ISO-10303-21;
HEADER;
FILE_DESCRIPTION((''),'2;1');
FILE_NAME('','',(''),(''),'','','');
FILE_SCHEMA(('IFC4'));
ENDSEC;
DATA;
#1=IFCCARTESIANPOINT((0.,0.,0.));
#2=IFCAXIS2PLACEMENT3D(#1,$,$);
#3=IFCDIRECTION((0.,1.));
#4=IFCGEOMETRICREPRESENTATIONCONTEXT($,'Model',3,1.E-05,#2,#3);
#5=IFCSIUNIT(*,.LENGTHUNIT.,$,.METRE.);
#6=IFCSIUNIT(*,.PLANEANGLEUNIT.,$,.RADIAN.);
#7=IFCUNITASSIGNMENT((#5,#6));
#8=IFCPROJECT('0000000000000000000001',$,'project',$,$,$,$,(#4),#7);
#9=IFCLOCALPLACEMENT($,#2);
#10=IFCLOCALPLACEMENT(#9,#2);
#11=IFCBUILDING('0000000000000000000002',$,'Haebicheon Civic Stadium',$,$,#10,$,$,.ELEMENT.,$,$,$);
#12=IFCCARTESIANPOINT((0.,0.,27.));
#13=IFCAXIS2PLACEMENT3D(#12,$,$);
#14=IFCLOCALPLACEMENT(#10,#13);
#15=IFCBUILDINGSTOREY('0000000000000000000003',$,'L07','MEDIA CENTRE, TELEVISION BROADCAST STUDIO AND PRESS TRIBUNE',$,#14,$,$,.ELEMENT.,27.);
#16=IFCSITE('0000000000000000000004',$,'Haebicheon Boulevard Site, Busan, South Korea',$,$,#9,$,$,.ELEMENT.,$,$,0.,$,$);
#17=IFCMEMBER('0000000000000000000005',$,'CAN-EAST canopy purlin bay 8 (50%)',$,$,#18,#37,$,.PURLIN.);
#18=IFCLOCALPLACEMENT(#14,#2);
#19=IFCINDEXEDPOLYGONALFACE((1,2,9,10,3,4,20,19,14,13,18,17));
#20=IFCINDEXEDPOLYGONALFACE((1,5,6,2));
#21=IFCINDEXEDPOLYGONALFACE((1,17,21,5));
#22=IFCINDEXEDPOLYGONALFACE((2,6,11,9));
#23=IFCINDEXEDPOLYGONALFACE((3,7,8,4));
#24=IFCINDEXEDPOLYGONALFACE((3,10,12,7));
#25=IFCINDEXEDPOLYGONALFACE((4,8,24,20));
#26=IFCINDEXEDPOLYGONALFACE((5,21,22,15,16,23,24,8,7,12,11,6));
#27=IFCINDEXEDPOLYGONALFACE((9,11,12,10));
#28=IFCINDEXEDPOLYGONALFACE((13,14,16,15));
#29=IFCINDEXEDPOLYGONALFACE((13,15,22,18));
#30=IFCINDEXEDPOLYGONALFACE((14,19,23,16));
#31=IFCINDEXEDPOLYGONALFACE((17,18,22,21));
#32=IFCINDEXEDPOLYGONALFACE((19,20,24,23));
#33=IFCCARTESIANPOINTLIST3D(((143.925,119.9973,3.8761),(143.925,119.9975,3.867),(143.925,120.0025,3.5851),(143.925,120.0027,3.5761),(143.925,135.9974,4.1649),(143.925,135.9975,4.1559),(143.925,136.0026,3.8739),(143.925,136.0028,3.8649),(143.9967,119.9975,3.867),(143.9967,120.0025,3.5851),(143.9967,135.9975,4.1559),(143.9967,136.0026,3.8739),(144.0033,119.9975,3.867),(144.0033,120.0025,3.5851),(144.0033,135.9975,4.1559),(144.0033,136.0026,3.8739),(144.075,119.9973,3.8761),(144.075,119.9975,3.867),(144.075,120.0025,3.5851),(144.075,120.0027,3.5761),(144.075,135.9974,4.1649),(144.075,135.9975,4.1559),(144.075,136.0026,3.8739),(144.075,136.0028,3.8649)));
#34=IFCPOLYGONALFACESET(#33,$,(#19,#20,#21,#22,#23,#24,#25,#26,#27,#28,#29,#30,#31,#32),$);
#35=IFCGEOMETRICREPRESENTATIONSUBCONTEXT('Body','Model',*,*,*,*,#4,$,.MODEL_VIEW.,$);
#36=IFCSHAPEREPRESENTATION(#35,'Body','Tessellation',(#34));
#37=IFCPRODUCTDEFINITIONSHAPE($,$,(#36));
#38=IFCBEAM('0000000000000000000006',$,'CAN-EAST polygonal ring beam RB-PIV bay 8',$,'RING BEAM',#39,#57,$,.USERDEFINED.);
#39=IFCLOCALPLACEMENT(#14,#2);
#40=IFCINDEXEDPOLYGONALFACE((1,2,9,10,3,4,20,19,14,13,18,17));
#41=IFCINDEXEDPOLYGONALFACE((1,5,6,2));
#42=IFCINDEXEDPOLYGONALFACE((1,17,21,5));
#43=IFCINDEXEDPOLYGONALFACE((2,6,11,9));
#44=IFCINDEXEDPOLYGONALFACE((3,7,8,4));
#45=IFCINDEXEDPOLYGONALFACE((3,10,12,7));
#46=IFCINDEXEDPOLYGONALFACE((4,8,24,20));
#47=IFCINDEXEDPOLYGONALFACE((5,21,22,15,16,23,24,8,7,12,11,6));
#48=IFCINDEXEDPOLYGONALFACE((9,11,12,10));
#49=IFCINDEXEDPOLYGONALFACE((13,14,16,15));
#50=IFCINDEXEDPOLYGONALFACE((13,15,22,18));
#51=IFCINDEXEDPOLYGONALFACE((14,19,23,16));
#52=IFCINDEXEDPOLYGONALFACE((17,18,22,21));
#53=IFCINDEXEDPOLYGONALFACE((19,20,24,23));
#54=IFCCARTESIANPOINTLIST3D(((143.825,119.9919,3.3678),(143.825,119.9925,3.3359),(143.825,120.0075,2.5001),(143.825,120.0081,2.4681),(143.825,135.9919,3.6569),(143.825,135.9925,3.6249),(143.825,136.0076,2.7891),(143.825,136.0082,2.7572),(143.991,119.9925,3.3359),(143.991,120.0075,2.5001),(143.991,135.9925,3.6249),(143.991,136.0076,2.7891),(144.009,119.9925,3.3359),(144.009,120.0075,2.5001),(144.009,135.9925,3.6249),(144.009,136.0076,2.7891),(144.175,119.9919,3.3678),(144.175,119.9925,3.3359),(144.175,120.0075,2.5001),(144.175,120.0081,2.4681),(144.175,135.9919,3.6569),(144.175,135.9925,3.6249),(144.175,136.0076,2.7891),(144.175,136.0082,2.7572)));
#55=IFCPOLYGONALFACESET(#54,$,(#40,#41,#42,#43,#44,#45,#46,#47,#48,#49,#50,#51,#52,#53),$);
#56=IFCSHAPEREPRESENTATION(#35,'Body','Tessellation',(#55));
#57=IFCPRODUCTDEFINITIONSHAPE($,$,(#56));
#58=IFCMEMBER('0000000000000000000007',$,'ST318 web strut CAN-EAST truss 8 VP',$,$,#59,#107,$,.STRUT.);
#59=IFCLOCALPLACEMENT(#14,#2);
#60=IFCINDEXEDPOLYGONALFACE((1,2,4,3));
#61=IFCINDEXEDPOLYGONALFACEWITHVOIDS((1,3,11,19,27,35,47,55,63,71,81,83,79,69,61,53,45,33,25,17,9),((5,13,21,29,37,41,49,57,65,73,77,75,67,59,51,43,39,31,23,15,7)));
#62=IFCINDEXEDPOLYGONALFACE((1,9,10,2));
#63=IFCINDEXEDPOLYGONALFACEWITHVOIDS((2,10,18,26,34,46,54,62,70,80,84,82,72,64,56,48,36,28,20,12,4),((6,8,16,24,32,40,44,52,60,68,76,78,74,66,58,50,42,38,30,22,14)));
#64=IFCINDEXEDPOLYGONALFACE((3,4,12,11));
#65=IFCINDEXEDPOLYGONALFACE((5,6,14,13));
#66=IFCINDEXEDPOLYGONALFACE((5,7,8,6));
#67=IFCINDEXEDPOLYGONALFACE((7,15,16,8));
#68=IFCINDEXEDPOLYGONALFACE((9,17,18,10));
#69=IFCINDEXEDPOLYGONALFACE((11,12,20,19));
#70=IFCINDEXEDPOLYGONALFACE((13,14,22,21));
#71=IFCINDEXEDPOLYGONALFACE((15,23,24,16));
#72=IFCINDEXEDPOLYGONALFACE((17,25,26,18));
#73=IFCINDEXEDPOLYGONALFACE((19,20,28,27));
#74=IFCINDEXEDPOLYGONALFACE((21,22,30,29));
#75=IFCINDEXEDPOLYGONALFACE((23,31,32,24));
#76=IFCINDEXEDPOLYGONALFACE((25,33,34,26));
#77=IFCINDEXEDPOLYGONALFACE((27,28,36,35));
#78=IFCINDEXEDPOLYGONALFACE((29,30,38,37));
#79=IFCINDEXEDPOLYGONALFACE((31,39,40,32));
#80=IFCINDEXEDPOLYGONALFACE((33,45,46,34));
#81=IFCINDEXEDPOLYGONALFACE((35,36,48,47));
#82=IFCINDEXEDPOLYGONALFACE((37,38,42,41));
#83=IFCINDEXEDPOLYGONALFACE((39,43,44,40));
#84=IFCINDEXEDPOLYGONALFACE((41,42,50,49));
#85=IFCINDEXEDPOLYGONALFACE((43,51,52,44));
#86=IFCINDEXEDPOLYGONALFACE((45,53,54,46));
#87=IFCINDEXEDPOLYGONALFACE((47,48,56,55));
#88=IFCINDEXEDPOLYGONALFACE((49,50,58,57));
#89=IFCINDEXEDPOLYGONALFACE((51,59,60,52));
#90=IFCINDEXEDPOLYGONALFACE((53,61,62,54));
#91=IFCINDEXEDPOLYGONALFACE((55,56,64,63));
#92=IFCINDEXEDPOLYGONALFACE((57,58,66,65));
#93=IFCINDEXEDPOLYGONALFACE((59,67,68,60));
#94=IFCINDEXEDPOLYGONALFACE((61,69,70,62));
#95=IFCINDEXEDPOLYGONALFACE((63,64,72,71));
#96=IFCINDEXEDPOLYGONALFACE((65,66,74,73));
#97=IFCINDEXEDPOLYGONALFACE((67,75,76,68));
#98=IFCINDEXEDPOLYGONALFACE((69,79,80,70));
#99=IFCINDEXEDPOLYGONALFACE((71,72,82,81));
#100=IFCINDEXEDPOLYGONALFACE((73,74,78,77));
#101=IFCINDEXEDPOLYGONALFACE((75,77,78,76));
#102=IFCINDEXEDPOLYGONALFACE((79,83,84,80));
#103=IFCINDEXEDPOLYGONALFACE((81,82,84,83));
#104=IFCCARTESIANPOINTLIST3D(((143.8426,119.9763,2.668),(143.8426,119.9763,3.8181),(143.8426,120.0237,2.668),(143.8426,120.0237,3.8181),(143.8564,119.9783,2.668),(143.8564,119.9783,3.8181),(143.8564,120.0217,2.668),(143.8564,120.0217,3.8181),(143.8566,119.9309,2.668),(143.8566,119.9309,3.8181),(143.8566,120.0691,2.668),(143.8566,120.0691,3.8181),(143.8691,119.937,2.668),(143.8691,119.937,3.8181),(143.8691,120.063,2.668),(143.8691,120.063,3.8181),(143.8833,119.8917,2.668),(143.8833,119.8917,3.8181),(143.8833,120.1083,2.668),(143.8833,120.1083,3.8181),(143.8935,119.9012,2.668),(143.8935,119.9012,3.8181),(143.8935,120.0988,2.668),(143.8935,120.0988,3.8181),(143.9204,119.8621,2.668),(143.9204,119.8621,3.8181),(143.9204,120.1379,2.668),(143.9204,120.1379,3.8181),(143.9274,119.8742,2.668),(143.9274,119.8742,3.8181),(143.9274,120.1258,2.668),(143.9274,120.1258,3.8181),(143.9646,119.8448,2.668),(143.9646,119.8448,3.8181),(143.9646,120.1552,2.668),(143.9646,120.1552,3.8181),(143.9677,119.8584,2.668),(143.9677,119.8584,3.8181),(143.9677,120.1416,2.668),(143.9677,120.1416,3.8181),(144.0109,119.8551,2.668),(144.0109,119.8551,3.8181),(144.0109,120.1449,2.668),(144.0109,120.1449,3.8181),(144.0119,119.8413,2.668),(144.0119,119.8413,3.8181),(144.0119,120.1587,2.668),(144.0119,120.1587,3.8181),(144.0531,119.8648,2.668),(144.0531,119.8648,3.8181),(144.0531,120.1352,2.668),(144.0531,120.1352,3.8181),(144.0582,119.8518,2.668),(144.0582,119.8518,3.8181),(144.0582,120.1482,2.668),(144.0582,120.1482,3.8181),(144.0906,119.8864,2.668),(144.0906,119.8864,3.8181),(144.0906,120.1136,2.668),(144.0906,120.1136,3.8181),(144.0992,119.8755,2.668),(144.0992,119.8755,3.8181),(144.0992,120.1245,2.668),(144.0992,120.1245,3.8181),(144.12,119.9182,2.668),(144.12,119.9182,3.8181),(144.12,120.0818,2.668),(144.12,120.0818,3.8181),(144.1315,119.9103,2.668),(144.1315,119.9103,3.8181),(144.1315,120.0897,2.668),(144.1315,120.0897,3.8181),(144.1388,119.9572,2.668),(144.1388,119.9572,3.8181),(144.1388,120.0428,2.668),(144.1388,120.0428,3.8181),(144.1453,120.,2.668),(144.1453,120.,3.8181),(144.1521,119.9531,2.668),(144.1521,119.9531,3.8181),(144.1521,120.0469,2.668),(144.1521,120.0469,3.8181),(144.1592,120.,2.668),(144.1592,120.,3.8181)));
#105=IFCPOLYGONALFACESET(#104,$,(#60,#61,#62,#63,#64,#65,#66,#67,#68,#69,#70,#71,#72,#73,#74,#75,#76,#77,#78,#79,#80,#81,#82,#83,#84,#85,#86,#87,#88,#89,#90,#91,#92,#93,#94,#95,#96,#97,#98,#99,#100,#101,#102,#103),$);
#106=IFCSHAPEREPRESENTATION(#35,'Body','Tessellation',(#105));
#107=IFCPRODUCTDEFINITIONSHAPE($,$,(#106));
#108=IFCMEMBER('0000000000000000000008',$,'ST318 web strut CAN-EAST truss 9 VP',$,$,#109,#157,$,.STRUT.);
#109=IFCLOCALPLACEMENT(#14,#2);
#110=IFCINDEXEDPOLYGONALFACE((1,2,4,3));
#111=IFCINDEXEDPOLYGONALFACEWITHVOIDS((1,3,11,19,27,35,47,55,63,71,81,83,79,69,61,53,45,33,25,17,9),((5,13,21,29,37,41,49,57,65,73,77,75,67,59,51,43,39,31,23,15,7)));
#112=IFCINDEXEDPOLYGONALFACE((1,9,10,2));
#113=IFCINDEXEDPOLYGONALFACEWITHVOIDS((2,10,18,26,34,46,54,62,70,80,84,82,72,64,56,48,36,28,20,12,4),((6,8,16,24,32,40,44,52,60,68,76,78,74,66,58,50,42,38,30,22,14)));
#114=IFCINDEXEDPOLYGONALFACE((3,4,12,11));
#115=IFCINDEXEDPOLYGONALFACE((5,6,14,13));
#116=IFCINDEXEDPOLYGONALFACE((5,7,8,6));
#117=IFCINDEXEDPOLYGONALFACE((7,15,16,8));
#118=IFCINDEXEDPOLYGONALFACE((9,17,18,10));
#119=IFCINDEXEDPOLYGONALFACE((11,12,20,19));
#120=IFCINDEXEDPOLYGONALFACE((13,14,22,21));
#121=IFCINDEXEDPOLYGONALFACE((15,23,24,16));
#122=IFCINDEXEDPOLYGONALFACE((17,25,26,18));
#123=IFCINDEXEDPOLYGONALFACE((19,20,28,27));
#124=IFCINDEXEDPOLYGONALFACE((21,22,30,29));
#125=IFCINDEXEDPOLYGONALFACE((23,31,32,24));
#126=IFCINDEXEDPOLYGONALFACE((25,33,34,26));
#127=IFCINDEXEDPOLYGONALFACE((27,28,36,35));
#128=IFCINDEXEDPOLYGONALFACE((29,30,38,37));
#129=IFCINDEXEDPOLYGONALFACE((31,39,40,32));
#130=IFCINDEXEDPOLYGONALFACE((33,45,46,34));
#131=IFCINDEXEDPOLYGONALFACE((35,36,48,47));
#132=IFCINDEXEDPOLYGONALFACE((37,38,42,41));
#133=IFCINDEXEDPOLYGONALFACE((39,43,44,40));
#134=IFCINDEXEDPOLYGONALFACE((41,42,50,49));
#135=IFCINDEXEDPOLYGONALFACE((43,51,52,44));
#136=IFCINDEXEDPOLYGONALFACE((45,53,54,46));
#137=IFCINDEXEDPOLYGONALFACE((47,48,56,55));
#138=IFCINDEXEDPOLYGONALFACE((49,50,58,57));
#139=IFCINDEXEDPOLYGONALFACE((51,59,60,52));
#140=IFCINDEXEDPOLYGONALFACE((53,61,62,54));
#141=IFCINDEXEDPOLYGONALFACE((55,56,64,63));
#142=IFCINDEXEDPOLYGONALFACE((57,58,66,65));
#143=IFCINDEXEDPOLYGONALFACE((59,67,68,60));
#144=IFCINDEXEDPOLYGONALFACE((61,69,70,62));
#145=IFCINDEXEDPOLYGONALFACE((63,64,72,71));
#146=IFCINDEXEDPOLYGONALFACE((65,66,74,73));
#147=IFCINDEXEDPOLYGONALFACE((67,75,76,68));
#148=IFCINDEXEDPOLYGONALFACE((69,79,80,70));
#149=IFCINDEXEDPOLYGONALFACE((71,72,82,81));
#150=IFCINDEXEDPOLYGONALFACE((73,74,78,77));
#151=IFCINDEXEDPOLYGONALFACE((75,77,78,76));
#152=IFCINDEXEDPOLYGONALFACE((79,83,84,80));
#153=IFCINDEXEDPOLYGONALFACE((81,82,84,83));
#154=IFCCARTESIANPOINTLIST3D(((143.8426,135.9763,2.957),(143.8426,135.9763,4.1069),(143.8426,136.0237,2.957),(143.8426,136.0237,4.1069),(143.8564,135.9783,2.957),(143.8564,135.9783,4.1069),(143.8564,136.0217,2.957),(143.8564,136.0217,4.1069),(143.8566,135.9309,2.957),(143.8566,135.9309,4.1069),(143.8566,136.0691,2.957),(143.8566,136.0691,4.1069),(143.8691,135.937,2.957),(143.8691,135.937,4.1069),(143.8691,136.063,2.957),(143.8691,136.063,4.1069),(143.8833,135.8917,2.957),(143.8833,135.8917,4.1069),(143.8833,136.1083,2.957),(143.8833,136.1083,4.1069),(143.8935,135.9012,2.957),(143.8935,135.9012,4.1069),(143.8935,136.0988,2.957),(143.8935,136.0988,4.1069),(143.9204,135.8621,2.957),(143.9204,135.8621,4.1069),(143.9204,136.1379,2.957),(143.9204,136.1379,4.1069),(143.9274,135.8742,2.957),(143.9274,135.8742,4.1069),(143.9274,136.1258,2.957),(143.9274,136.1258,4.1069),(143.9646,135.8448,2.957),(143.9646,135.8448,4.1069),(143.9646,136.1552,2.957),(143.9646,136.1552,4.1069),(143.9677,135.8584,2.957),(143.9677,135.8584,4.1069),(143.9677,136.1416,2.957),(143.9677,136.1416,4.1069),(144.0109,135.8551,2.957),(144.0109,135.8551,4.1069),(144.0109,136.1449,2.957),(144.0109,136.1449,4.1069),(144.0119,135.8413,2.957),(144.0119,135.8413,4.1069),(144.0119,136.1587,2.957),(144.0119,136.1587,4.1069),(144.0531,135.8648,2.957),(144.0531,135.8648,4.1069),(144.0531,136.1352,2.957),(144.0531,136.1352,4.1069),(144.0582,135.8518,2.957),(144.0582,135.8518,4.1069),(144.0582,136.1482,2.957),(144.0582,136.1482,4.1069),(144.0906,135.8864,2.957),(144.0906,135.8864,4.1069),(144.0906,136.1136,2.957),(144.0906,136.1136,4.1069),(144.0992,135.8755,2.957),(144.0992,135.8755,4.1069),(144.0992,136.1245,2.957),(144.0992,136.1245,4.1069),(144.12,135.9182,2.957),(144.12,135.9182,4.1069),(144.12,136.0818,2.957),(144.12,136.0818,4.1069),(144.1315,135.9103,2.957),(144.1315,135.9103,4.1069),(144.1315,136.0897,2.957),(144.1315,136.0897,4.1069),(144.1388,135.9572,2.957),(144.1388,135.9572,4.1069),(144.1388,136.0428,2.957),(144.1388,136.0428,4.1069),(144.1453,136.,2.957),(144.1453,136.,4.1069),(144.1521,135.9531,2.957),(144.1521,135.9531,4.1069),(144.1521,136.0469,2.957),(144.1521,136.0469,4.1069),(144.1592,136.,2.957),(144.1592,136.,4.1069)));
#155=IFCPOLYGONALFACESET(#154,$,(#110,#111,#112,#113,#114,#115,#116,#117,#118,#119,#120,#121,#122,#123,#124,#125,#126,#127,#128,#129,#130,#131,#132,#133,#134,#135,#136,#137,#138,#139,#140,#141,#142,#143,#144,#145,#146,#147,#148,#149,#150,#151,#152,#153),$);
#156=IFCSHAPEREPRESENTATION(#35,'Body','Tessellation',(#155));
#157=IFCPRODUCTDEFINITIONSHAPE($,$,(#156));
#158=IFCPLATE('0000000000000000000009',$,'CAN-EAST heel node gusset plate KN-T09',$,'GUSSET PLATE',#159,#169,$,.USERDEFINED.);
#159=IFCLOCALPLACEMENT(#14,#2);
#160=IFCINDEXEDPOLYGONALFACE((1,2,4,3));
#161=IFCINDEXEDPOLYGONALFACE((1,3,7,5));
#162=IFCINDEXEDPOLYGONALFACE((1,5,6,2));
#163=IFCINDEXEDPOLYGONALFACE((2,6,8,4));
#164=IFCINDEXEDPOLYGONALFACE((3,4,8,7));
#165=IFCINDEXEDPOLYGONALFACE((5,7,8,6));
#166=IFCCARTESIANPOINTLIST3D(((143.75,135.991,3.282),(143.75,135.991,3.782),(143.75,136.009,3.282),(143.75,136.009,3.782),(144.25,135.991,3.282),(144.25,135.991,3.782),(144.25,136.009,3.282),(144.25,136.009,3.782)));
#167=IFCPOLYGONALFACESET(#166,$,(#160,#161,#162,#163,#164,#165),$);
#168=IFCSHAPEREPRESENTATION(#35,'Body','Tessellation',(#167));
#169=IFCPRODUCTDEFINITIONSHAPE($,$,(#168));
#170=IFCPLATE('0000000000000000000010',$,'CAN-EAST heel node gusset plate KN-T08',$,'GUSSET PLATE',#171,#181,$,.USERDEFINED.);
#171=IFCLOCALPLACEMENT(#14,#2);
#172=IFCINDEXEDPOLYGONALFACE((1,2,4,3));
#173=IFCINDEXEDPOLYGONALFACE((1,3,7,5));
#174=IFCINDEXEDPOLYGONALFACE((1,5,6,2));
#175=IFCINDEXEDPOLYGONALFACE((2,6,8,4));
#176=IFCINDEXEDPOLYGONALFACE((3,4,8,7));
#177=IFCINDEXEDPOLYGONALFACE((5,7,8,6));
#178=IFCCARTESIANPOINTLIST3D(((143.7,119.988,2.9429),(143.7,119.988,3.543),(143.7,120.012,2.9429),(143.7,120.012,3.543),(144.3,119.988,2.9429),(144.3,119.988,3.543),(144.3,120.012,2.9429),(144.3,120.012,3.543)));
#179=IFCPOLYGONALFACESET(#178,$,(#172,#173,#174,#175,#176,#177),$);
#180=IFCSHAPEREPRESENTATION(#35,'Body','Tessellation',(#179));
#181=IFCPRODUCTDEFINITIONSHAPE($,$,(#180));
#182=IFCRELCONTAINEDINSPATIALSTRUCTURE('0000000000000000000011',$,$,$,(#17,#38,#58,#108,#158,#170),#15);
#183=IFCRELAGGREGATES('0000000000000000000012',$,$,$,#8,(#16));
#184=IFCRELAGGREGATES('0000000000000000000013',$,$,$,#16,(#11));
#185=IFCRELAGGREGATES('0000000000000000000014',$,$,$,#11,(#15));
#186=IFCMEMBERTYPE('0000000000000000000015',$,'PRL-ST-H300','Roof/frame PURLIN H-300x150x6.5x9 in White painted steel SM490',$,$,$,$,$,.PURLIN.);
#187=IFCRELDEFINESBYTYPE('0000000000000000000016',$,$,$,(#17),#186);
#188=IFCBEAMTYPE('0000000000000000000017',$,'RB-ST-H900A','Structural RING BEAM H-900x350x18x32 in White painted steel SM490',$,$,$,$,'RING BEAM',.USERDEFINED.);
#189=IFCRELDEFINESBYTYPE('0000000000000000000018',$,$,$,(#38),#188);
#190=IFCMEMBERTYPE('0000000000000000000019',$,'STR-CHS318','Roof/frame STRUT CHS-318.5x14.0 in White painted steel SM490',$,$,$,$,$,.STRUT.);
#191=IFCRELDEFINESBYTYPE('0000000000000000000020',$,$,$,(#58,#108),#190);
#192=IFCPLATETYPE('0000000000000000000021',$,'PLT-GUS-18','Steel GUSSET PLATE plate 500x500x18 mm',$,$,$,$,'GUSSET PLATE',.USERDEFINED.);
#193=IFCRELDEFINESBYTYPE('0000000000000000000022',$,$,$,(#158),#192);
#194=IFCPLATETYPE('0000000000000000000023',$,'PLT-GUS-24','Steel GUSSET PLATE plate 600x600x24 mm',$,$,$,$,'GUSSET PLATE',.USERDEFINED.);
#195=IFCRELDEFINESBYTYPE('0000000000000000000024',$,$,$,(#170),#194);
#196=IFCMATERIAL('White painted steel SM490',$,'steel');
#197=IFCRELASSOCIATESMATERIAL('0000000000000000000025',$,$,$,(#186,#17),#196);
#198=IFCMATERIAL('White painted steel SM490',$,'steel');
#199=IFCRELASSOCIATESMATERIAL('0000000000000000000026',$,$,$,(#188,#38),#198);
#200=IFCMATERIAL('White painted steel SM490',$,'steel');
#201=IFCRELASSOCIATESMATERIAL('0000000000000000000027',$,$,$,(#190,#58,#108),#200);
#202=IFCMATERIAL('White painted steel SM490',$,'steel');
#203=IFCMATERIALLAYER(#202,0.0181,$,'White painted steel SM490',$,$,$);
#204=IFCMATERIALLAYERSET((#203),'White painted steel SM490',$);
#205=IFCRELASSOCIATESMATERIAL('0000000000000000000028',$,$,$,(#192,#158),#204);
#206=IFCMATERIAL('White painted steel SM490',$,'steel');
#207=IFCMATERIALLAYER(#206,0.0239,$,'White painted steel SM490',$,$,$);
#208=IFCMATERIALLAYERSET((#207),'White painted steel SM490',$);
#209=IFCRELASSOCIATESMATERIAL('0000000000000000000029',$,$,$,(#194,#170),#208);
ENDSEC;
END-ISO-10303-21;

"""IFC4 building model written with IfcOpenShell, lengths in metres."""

from ifc_helpers import new_model, si_unit, direction, frame, origin, origin_2d, place, context, subcontext, project, spatial, rectangle, hollow_circle, i_section, extrude, material, layer, layer_set, material_profile, profile_set, type_object, element, save


model = new_model("IFC4")

# Units and contexts
model_context = context("Model", 3, precision=1e-05, world=origin(), true_north=direction((0.0, 1.0)))
body_context = subcontext(model_context, "Body", "Model", "MODEL_VIEW")
ifc_project = project(units=[si_unit("LENGTHUNIT", "METRE"), si_unit("PLANEANGLEUNIT", "RADIAN")], contexts=[model_context])

# Site, building, storey
site_placement = place(None, origin())
site = spatial("IfcSite", under=ifc_project, at=site_placement, Name="Haebicheon Boulevard Site, Busan, South Korea", CompositionType="ELEMENT", RefElevation=0.0)
building_placement = place(site_placement, origin())
building = spatial("IfcBuilding", under=site, at=building_placement, Name="Haebicheon Civic Stadium", CompositionType="ELEMENT")
storey_placement = place(building_placement, frame((0.0, 0.0, 27.0)))
storey = spatial("IfcBuildingStorey", under=building, at=storey_placement, Name="L07", Description="MEDIA CENTRE, TELEVISION BROADCAST STUDIO AND PRESS TRIBUNE", CompositionType="ELEMENT", Elevation=27.0)

# Member
ifc_material_1 = material(Name="White painted steel SM490", Category="steel")
ifc_material_profile_1 = material_profile(ifc_material_1, i_section(OverallWidth=0.1499, OverallDepth=0.3, WebThickness=0.0066, FlangeThickness=0.009, at=origin_2d()), Name="H-300x150x6.5x9")
ifc_profile_set_1 = profile_set([ifc_material_profile_1], Name="White painted steel SM490")
member_type_1 = type_object("IfcMemberType", Name="PRL-ST-H300", Description="Roof/frame PURLIN H-300x150x6.5x9 in White painted steel SM490", PredefinedType="PURLIN", material=ifc_profile_set_1)
member_1_placement = place(storey_placement, frame((144.0, 120.0, 3.7261), z_axis=(0.0, 0.999837, 0.018048), x_axis=(-1.0, 0.0, 0.0)))
element("IfcMember", 1, at=member_1_placement, inside=storey, type_object=member_type_1, material=ifc_profile_set_1, Name="CAN-EAST canopy purlin bay 8 (50%)", PredefinedType="PURLIN", context=body_context, shape_type="SweptSolid", body=[
    extrude(i_section(OverallWidth=0.1499, OverallDepth=0.3, WebThickness=0.0066, FlangeThickness=0.009, at=origin_2d()), origin(), (0.0, 0.0, 1.0), 16.0027),
])

# Beam
ifc_material_2 = material(Name="White painted steel SM490", Category="steel")
ifc_material_profile_2 = material_profile(ifc_material_2, i_section(OverallWidth=0.3501, OverallDepth=0.8999, WebThickness=0.0181, FlangeThickness=0.032, at=origin_2d()), Name="H-900x350x18x32")
ifc_profile_set_2 = profile_set([ifc_material_profile_2], Name="White painted steel SM490")
beam_type = type_object("IfcBeamType", Name="RB-ST-H900A", Description="Structural RING BEAM H-900x350x18x32 in White painted steel SM490", ElementType="RING BEAM", PredefinedType="USERDEFINED", material=ifc_profile_set_2)
beam_placement = place(storey_placement, frame((144.0, 120.0, 2.918), z_axis=(0.0, 0.999837, 0.018063), x_axis=(-1.0, 0.0, 0.0)))
element("IfcBeam", 2, at=beam_placement, inside=storey, type_object=beam_type, material=ifc_profile_set_2, Name="CAN-EAST polygonal ring beam RB-PIV bay 8", ObjectType="RING BEAM", PredefinedType="USERDEFINED", context=body_context, shape_type="SweptSolid", body=[
    extrude(i_section(OverallWidth=0.3501, OverallDepth=0.8999, WebThickness=0.0181, FlangeThickness=0.032, at=origin_2d()), origin(), (0.0, 0.0, 1.0), 16.0027),
])

# Members
ifc_material_3 = material(Name="White painted steel SM490", Category="steel")
ifc_material_profile_3 = material_profile(ifc_material_3, hollow_circle(Radius=0.1592, WallThickness=0.0139, at=origin_2d()), Name="CHS-318.5x14.0")
ifc_profile_set_3 = profile_set([ifc_material_profile_3], Name="White painted steel SM490")
member_type_2 = type_object("IfcMemberType", Name="STR-CHS318", Description="Roof/frame STRUT CHS-318.5x14.0 in White painted steel SM490", PredefinedType="STRUT", material=ifc_profile_set_3)
member_2_placement = place(storey_placement, frame((144.0, 120.0, 2.668), z_axis=(0.0, 0.0, 1.0), x_axis=(1.0, 0.0, 0.0)))
element("IfcMember", 3, at=member_2_placement, inside=storey, type_object=member_type_2, material=ifc_profile_set_3, Name="ST318 web strut CAN-EAST truss 8 VP", PredefinedType="STRUT", context=body_context, shape_type="SweptSolid", body=[
    extrude(hollow_circle(Radius=0.1592, WallThickness=0.0139, at=origin_2d()), origin(), (0.0, 0.0, 1.0), 1.1501),
])
member_3_placement = place(storey_placement, frame((144.0, 136.0, 2.957), z_axis=(0.0, 0.0, 1.0), x_axis=(1.0, 0.0, 0.0)))
element("IfcMember", 4, at=member_3_placement, inside=storey, type_object=member_type_2, material=ifc_profile_set_3, Name="ST318 web strut CAN-EAST truss 9 VP", PredefinedType="STRUT", context=body_context, shape_type="SweptSolid", body=[
    extrude(hollow_circle(Radius=0.1592, WallThickness=0.0139, at=origin_2d()), origin(), (0.0, 0.0, 1.0), 1.1499),
])

# Plates
ifc_material_4 = material(Name="White painted steel SM490", Category="steel")
ifc_layer_1 = layer(ifc_material_4, 0.0181, Name="White painted steel SM490")
ifc_layer_set_1 = layer_set([ifc_layer_1], Name="White painted steel SM490")
plate_type_1 = type_object("IfcPlateType", Name="PLT-GUS-18", Description="Steel GUSSET PLATE plate 500x500x18 mm", ElementType="GUSSET PLATE", PredefinedType="USERDEFINED", material=ifc_layer_set_1)
plate_1_placement = place(storey_placement, frame((144.0, 136.0, 3.282), z_axis=(0.0, 0.0, 1.0), x_axis=(1.0, 0.0, 0.0)))
element("IfcPlate", 5, at=plate_1_placement, inside=storey, type_object=plate_type_1, material=ifc_layer_set_1, Name="CAN-EAST heel node gusset plate KN-T09", ObjectType="GUSSET PLATE", PredefinedType="USERDEFINED", context=body_context, shape_type="SweptSolid", body=[
    extrude(rectangle(XDim=0.5, YDim=0.0181, at=origin_2d()), origin(), (0.0, 0.0, 1.0), 0.5),
])
ifc_material_5 = material(Name="White painted steel SM490", Category="steel")
ifc_layer_2 = layer(ifc_material_5, 0.0239, Name="White painted steel SM490")
ifc_layer_set_2 = layer_set([ifc_layer_2], Name="White painted steel SM490")
plate_type_2 = type_object("IfcPlateType", Name="PLT-GUS-24", Description="Steel GUSSET PLATE plate 600x600x24 mm", ElementType="GUSSET PLATE", PredefinedType="USERDEFINED", material=ifc_layer_set_2)
plate_2_placement = place(storey_placement, frame((144.0, 120.0, 2.9429), z_axis=(0.0, 0.0, 1.0), x_axis=(1.0, 0.0, 0.0)))
element("IfcPlate", 6, at=plate_2_placement, inside=storey, type_object=plate_type_2, material=ifc_layer_set_2, Name="CAN-EAST heel node gusset plate KN-T08", ObjectType="GUSSET PLATE", PredefinedType="USERDEFINED", context=body_context, shape_type="SweptSolid", body=[
    extrude(rectangle(XDim=0.6001, YDim=0.0239, at=origin_2d()), origin(), (0.0, 0.0, 1.0), 0.6001),
])

save(model, "model.ifc")
